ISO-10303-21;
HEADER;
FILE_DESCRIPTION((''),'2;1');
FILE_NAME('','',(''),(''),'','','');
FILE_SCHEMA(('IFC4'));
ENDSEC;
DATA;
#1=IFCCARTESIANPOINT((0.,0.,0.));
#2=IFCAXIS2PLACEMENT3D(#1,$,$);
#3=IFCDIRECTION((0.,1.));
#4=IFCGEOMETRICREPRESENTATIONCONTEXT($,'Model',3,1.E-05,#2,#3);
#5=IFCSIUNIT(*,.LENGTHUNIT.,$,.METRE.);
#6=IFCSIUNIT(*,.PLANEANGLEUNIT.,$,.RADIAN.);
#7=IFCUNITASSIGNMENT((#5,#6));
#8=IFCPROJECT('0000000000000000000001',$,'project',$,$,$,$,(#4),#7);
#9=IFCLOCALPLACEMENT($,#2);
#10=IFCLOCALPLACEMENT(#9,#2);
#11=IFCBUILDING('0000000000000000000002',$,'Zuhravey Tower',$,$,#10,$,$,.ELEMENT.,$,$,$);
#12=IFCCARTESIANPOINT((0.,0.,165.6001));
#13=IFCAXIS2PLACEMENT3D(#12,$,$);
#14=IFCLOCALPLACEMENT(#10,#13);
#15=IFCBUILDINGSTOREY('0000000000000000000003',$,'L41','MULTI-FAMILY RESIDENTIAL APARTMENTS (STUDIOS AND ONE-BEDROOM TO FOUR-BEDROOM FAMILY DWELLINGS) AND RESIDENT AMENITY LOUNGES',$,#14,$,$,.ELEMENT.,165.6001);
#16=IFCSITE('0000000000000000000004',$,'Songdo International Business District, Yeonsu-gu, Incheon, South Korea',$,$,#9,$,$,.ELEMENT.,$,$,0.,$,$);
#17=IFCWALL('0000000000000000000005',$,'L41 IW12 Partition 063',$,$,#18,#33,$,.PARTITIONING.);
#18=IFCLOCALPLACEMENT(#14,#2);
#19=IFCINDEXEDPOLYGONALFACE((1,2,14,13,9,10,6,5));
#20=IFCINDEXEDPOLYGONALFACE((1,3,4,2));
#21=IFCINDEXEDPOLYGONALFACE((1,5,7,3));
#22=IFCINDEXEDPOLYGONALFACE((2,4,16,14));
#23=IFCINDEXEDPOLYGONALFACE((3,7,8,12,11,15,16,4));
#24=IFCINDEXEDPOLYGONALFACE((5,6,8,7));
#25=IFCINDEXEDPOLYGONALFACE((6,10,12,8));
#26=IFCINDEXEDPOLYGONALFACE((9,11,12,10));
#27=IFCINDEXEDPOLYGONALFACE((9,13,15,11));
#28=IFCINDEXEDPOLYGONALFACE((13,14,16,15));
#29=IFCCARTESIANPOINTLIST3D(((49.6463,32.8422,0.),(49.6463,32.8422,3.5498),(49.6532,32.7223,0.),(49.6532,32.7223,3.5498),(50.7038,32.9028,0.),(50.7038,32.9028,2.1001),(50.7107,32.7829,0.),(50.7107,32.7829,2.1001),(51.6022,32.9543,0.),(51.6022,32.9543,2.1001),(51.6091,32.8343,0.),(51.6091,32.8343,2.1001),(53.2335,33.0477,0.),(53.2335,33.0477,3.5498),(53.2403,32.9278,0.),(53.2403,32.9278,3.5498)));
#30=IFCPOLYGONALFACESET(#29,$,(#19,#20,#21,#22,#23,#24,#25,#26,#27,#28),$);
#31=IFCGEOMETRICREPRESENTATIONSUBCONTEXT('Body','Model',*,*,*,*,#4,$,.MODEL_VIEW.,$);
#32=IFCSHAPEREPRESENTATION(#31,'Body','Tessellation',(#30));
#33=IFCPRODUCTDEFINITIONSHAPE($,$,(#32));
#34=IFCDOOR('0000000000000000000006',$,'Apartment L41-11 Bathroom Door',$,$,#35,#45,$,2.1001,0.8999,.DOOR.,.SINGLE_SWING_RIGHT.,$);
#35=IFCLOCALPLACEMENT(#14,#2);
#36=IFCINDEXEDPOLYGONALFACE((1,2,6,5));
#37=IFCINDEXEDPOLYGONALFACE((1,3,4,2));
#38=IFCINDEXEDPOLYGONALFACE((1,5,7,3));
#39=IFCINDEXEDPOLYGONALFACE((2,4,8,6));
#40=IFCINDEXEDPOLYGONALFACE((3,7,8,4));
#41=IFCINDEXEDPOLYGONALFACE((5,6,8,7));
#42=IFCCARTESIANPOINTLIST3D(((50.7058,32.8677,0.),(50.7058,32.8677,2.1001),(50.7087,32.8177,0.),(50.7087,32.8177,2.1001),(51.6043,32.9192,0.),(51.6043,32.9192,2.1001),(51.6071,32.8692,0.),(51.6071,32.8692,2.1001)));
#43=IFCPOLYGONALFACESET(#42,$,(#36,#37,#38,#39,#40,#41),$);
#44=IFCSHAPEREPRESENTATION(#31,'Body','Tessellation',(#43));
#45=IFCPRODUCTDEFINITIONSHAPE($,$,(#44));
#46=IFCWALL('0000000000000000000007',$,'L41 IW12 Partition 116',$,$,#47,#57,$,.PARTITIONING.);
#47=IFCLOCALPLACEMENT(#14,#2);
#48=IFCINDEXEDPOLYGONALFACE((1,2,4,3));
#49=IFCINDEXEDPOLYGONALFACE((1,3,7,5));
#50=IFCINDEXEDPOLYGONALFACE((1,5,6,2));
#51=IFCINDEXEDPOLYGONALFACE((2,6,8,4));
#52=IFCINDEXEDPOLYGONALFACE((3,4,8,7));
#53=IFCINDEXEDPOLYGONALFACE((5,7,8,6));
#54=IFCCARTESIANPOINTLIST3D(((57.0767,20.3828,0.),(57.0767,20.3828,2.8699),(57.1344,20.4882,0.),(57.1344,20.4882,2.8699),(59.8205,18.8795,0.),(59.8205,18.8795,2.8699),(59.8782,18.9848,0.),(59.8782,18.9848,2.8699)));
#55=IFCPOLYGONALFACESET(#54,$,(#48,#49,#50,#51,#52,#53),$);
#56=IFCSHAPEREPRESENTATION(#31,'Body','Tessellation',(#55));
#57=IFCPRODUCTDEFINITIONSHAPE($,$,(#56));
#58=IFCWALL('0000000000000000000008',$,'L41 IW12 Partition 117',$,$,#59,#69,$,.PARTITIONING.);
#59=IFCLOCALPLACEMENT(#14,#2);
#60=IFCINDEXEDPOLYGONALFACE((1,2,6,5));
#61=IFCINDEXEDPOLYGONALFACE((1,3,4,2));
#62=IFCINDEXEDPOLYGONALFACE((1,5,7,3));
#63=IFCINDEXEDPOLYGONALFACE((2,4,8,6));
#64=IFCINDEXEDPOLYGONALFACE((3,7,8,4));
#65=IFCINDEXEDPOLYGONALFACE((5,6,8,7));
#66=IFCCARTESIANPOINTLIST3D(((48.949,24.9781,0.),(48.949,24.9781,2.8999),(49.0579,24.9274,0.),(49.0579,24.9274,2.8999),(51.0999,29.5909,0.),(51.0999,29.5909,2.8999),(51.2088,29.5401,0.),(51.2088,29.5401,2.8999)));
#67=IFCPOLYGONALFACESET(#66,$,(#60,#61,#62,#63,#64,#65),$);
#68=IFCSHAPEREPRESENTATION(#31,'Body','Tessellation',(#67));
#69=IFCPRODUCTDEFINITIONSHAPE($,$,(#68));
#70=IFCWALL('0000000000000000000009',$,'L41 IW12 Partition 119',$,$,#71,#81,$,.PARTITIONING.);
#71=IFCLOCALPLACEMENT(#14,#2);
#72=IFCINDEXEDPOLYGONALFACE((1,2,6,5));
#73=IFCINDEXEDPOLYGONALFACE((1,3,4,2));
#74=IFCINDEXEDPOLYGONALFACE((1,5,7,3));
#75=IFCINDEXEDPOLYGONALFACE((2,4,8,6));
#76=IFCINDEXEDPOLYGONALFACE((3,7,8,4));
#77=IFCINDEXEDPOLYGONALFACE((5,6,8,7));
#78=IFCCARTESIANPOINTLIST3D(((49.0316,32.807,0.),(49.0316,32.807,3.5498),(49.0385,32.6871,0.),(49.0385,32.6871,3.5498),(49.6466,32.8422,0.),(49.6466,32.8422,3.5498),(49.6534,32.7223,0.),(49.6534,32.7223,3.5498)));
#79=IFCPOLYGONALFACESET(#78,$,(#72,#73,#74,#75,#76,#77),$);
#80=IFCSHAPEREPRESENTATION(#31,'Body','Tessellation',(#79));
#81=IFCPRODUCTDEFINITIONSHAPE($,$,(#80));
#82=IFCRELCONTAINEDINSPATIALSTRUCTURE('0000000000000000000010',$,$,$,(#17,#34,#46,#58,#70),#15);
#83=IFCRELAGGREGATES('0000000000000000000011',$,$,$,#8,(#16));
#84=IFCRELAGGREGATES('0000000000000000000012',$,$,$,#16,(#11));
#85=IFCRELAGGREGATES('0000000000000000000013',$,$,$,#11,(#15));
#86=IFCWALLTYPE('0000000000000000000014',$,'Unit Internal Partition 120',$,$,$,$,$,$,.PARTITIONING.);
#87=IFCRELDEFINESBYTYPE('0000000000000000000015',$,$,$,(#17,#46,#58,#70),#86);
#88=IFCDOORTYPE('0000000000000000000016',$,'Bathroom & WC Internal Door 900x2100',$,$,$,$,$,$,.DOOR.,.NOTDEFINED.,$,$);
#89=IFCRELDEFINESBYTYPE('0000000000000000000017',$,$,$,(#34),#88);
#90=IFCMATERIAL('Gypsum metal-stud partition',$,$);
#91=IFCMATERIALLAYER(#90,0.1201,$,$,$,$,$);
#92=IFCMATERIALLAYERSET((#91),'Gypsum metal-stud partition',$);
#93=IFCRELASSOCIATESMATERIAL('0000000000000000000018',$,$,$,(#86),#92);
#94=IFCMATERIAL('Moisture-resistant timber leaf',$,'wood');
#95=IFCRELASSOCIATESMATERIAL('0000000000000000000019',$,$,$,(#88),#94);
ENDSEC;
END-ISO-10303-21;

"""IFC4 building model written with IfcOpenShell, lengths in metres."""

from ifc_helpers import new_model, si_unit, direction, frame, frame_2d, origin, place, context, subcontext, project, spatial, rectangle, extrude, material, layer, layer_set, type_object, element, fill, save


model = new_model("IFC4")

# Units and contexts
model_context = context("Model", 3, precision=1e-05, world=origin(), true_north=direction((0.0, 1.0)))
body_context = subcontext(model_context, "Body", "Model", "MODEL_VIEW")
ifc_project = project(units=[si_unit("LENGTHUNIT", "METRE"), si_unit("PLANEANGLEUNIT", "RADIAN")], contexts=[model_context])

# Site, building, storey
site_placement = place(None, origin())
site = spatial("IfcSite", under=ifc_project, at=site_placement, Name="Songdo International Business District, Yeonsu-gu, Incheon, South Korea", CompositionType="ELEMENT", RefElevation=0.0)
building_placement = place(site_placement, origin())
building = spatial("IfcBuilding", under=site, at=building_placement, Name="Zuhravey Tower", CompositionType="ELEMENT")
storey_placement = place(building_placement, frame((0.0, 0.0, 165.6001)))
storey = spatial("IfcBuildingStorey", under=building, at=storey_placement, Name="L41", Description="MULTI-FAMILY RESIDENTIAL APARTMENTS (STUDIOS AND ONE-BEDROOM TO FOUR-BEDROOM FAMILY DWELLINGS) AND RESIDENT AMENITY LOUNGES", CompositionType="ELEMENT", Elevation=165.6001)

# Wall, opening, door
ifc_material_1 = material(Name="Gypsum metal-stud partition")
ifc_layer_1 = layer(ifc_material_1, 0.1201)
ifc_layer_set_1 = layer_set([ifc_layer_1], Name="Gypsum metal-stud partition")
wall_type_1 = type_object("IfcWallType", Name="Unit Internal Partition 120", PredefinedType="PARTITIONING", material=ifc_layer_set_1)
wall_1_placement = place(storey_placement, frame((49.6499, 32.7822, 0.0), z_axis=(0.0, 0.0, 1.0), x_axis=(0.998362, 0.057212, 0.0)))
wall_1 = element("IfcWall", 1, at=wall_1_placement, inside=storey, type_object=wall_type_1, Name="L41 IW12 Partition 063", PredefinedType="PARTITIONING", context=body_context, shape_type="SweptSolid", body=[
    extrude(rectangle(XDim=3.593, YDim=0.1201, at=frame_2d((1.7964, 0.0))), origin(), (0.0, 0.0, 1.0), 3.5498),
])
opening_1_placement = place(wall_1_placement, frame((1.0591, 0.0, 0.0)))
opening_1 = element("IfcOpeningElement", 2, at=opening_1_placement, cuts=wall_1, PredefinedType="OPENING", context=body_context, shape_type="SweptSolid", body=[
    extrude(rectangle(XDim=0.8999, YDim=2.1001, at=frame_2d((0.45, 1.05))), frame((0.0, 0.072, 0.0), z_axis=(0.0, -1.0, 0.0), x_axis=(1.0, 0.0, 0.0)), (0.0, 0.0, 1.0), 0.144),
])
ifc_material_2 = material(Name="Moisture-resistant timber leaf", Category="wood")
door_type_1 = type_object("IfcDoorType", Name="Bathroom & WC Internal Door 900x2100", OperationType="NOTDEFINED", PredefinedType="DOOR", material=ifc_material_2)
door_1_placement = place(opening_1_placement, origin())
door_1 = element("IfcDoor", 3, at=door_1_placement, inside=storey, type_object=door_type_1, Name="Apartment L41-11 Bathroom Door", OperationType="SINGLE_SWING_RIGHT", OverallHeight=2.1001, OverallWidth=0.8999, PredefinedType="DOOR", context=body_context, shape_type="SweptSolid", body=[
    extrude(rectangle(XDim=0.8999, YDim=2.1001, at=frame_2d((0.45, 1.05))), frame((0.0, 0.0249, 0.0), z_axis=(0.0, -1.0, 0.0), x_axis=(1.0, 0.0, 0.0)), (0.0, 0.0, 1.0), 0.05),
])
fill(opening_1, door_1)

# Walls
wall_2_placement = place(storey_placement, frame((57.1055, 20.4355, 0.0), z_axis=(0.0, 0.0, 1.0), x_axis=(0.876987, -0.480513, 0.0)))
element("IfcWall", 4, at=wall_2_placement, inside=storey, type_object=wall_type_1, Name="L41 IW12 Partition 116", PredefinedType="PARTITIONING", context=body_context, shape_type="SweptSolid", body=[
    extrude(rectangle(XDim=3.1287, YDim=0.1201, at=frame_2d((1.5645, 0.0))), origin(), (0.0, 0.0, 1.0), 2.8699),
])
wall_3_placement = place(storey_placement, frame((49.0034, 24.9526, 0.0), z_axis=(0.0, 0.0, 1.0), x_axis=(0.422602, 0.906315, 0.0)))
element("IfcWall", 5, at=wall_3_placement, inside=storey, type_object=wall_type_1, Name="L41 IW12 Partition 117", PredefinedType="PARTITIONING", context=body_context, shape_type="SweptSolid", body=[
    extrude(rectangle(XDim=5.0896, YDim=0.1201, at=frame_2d((2.5449, 0.0))), origin(), (0.0, 0.0, 1.0), 2.8999),
])
wall_4_placement = place(storey_placement, frame((49.0349, 32.7471, 0.0), z_axis=(0.0, 0.0, 1.0), x_axis=(0.99837, 0.057072, 0.0)))
element("IfcWall", 6, at=wall_4_placement, inside=storey, type_object=wall_type_1, Name="L41 IW12 Partition 119", PredefinedType="PARTITIONING", context=body_context, shape_type="SweptSolid", body=[
    extrude(rectangle(XDim=0.616, YDim=0.1201, at=frame_2d((0.3081, 0.0))), origin(), (0.0, 0.0, 1.0), 3.5498),
])

save(model, "model.ifc")
